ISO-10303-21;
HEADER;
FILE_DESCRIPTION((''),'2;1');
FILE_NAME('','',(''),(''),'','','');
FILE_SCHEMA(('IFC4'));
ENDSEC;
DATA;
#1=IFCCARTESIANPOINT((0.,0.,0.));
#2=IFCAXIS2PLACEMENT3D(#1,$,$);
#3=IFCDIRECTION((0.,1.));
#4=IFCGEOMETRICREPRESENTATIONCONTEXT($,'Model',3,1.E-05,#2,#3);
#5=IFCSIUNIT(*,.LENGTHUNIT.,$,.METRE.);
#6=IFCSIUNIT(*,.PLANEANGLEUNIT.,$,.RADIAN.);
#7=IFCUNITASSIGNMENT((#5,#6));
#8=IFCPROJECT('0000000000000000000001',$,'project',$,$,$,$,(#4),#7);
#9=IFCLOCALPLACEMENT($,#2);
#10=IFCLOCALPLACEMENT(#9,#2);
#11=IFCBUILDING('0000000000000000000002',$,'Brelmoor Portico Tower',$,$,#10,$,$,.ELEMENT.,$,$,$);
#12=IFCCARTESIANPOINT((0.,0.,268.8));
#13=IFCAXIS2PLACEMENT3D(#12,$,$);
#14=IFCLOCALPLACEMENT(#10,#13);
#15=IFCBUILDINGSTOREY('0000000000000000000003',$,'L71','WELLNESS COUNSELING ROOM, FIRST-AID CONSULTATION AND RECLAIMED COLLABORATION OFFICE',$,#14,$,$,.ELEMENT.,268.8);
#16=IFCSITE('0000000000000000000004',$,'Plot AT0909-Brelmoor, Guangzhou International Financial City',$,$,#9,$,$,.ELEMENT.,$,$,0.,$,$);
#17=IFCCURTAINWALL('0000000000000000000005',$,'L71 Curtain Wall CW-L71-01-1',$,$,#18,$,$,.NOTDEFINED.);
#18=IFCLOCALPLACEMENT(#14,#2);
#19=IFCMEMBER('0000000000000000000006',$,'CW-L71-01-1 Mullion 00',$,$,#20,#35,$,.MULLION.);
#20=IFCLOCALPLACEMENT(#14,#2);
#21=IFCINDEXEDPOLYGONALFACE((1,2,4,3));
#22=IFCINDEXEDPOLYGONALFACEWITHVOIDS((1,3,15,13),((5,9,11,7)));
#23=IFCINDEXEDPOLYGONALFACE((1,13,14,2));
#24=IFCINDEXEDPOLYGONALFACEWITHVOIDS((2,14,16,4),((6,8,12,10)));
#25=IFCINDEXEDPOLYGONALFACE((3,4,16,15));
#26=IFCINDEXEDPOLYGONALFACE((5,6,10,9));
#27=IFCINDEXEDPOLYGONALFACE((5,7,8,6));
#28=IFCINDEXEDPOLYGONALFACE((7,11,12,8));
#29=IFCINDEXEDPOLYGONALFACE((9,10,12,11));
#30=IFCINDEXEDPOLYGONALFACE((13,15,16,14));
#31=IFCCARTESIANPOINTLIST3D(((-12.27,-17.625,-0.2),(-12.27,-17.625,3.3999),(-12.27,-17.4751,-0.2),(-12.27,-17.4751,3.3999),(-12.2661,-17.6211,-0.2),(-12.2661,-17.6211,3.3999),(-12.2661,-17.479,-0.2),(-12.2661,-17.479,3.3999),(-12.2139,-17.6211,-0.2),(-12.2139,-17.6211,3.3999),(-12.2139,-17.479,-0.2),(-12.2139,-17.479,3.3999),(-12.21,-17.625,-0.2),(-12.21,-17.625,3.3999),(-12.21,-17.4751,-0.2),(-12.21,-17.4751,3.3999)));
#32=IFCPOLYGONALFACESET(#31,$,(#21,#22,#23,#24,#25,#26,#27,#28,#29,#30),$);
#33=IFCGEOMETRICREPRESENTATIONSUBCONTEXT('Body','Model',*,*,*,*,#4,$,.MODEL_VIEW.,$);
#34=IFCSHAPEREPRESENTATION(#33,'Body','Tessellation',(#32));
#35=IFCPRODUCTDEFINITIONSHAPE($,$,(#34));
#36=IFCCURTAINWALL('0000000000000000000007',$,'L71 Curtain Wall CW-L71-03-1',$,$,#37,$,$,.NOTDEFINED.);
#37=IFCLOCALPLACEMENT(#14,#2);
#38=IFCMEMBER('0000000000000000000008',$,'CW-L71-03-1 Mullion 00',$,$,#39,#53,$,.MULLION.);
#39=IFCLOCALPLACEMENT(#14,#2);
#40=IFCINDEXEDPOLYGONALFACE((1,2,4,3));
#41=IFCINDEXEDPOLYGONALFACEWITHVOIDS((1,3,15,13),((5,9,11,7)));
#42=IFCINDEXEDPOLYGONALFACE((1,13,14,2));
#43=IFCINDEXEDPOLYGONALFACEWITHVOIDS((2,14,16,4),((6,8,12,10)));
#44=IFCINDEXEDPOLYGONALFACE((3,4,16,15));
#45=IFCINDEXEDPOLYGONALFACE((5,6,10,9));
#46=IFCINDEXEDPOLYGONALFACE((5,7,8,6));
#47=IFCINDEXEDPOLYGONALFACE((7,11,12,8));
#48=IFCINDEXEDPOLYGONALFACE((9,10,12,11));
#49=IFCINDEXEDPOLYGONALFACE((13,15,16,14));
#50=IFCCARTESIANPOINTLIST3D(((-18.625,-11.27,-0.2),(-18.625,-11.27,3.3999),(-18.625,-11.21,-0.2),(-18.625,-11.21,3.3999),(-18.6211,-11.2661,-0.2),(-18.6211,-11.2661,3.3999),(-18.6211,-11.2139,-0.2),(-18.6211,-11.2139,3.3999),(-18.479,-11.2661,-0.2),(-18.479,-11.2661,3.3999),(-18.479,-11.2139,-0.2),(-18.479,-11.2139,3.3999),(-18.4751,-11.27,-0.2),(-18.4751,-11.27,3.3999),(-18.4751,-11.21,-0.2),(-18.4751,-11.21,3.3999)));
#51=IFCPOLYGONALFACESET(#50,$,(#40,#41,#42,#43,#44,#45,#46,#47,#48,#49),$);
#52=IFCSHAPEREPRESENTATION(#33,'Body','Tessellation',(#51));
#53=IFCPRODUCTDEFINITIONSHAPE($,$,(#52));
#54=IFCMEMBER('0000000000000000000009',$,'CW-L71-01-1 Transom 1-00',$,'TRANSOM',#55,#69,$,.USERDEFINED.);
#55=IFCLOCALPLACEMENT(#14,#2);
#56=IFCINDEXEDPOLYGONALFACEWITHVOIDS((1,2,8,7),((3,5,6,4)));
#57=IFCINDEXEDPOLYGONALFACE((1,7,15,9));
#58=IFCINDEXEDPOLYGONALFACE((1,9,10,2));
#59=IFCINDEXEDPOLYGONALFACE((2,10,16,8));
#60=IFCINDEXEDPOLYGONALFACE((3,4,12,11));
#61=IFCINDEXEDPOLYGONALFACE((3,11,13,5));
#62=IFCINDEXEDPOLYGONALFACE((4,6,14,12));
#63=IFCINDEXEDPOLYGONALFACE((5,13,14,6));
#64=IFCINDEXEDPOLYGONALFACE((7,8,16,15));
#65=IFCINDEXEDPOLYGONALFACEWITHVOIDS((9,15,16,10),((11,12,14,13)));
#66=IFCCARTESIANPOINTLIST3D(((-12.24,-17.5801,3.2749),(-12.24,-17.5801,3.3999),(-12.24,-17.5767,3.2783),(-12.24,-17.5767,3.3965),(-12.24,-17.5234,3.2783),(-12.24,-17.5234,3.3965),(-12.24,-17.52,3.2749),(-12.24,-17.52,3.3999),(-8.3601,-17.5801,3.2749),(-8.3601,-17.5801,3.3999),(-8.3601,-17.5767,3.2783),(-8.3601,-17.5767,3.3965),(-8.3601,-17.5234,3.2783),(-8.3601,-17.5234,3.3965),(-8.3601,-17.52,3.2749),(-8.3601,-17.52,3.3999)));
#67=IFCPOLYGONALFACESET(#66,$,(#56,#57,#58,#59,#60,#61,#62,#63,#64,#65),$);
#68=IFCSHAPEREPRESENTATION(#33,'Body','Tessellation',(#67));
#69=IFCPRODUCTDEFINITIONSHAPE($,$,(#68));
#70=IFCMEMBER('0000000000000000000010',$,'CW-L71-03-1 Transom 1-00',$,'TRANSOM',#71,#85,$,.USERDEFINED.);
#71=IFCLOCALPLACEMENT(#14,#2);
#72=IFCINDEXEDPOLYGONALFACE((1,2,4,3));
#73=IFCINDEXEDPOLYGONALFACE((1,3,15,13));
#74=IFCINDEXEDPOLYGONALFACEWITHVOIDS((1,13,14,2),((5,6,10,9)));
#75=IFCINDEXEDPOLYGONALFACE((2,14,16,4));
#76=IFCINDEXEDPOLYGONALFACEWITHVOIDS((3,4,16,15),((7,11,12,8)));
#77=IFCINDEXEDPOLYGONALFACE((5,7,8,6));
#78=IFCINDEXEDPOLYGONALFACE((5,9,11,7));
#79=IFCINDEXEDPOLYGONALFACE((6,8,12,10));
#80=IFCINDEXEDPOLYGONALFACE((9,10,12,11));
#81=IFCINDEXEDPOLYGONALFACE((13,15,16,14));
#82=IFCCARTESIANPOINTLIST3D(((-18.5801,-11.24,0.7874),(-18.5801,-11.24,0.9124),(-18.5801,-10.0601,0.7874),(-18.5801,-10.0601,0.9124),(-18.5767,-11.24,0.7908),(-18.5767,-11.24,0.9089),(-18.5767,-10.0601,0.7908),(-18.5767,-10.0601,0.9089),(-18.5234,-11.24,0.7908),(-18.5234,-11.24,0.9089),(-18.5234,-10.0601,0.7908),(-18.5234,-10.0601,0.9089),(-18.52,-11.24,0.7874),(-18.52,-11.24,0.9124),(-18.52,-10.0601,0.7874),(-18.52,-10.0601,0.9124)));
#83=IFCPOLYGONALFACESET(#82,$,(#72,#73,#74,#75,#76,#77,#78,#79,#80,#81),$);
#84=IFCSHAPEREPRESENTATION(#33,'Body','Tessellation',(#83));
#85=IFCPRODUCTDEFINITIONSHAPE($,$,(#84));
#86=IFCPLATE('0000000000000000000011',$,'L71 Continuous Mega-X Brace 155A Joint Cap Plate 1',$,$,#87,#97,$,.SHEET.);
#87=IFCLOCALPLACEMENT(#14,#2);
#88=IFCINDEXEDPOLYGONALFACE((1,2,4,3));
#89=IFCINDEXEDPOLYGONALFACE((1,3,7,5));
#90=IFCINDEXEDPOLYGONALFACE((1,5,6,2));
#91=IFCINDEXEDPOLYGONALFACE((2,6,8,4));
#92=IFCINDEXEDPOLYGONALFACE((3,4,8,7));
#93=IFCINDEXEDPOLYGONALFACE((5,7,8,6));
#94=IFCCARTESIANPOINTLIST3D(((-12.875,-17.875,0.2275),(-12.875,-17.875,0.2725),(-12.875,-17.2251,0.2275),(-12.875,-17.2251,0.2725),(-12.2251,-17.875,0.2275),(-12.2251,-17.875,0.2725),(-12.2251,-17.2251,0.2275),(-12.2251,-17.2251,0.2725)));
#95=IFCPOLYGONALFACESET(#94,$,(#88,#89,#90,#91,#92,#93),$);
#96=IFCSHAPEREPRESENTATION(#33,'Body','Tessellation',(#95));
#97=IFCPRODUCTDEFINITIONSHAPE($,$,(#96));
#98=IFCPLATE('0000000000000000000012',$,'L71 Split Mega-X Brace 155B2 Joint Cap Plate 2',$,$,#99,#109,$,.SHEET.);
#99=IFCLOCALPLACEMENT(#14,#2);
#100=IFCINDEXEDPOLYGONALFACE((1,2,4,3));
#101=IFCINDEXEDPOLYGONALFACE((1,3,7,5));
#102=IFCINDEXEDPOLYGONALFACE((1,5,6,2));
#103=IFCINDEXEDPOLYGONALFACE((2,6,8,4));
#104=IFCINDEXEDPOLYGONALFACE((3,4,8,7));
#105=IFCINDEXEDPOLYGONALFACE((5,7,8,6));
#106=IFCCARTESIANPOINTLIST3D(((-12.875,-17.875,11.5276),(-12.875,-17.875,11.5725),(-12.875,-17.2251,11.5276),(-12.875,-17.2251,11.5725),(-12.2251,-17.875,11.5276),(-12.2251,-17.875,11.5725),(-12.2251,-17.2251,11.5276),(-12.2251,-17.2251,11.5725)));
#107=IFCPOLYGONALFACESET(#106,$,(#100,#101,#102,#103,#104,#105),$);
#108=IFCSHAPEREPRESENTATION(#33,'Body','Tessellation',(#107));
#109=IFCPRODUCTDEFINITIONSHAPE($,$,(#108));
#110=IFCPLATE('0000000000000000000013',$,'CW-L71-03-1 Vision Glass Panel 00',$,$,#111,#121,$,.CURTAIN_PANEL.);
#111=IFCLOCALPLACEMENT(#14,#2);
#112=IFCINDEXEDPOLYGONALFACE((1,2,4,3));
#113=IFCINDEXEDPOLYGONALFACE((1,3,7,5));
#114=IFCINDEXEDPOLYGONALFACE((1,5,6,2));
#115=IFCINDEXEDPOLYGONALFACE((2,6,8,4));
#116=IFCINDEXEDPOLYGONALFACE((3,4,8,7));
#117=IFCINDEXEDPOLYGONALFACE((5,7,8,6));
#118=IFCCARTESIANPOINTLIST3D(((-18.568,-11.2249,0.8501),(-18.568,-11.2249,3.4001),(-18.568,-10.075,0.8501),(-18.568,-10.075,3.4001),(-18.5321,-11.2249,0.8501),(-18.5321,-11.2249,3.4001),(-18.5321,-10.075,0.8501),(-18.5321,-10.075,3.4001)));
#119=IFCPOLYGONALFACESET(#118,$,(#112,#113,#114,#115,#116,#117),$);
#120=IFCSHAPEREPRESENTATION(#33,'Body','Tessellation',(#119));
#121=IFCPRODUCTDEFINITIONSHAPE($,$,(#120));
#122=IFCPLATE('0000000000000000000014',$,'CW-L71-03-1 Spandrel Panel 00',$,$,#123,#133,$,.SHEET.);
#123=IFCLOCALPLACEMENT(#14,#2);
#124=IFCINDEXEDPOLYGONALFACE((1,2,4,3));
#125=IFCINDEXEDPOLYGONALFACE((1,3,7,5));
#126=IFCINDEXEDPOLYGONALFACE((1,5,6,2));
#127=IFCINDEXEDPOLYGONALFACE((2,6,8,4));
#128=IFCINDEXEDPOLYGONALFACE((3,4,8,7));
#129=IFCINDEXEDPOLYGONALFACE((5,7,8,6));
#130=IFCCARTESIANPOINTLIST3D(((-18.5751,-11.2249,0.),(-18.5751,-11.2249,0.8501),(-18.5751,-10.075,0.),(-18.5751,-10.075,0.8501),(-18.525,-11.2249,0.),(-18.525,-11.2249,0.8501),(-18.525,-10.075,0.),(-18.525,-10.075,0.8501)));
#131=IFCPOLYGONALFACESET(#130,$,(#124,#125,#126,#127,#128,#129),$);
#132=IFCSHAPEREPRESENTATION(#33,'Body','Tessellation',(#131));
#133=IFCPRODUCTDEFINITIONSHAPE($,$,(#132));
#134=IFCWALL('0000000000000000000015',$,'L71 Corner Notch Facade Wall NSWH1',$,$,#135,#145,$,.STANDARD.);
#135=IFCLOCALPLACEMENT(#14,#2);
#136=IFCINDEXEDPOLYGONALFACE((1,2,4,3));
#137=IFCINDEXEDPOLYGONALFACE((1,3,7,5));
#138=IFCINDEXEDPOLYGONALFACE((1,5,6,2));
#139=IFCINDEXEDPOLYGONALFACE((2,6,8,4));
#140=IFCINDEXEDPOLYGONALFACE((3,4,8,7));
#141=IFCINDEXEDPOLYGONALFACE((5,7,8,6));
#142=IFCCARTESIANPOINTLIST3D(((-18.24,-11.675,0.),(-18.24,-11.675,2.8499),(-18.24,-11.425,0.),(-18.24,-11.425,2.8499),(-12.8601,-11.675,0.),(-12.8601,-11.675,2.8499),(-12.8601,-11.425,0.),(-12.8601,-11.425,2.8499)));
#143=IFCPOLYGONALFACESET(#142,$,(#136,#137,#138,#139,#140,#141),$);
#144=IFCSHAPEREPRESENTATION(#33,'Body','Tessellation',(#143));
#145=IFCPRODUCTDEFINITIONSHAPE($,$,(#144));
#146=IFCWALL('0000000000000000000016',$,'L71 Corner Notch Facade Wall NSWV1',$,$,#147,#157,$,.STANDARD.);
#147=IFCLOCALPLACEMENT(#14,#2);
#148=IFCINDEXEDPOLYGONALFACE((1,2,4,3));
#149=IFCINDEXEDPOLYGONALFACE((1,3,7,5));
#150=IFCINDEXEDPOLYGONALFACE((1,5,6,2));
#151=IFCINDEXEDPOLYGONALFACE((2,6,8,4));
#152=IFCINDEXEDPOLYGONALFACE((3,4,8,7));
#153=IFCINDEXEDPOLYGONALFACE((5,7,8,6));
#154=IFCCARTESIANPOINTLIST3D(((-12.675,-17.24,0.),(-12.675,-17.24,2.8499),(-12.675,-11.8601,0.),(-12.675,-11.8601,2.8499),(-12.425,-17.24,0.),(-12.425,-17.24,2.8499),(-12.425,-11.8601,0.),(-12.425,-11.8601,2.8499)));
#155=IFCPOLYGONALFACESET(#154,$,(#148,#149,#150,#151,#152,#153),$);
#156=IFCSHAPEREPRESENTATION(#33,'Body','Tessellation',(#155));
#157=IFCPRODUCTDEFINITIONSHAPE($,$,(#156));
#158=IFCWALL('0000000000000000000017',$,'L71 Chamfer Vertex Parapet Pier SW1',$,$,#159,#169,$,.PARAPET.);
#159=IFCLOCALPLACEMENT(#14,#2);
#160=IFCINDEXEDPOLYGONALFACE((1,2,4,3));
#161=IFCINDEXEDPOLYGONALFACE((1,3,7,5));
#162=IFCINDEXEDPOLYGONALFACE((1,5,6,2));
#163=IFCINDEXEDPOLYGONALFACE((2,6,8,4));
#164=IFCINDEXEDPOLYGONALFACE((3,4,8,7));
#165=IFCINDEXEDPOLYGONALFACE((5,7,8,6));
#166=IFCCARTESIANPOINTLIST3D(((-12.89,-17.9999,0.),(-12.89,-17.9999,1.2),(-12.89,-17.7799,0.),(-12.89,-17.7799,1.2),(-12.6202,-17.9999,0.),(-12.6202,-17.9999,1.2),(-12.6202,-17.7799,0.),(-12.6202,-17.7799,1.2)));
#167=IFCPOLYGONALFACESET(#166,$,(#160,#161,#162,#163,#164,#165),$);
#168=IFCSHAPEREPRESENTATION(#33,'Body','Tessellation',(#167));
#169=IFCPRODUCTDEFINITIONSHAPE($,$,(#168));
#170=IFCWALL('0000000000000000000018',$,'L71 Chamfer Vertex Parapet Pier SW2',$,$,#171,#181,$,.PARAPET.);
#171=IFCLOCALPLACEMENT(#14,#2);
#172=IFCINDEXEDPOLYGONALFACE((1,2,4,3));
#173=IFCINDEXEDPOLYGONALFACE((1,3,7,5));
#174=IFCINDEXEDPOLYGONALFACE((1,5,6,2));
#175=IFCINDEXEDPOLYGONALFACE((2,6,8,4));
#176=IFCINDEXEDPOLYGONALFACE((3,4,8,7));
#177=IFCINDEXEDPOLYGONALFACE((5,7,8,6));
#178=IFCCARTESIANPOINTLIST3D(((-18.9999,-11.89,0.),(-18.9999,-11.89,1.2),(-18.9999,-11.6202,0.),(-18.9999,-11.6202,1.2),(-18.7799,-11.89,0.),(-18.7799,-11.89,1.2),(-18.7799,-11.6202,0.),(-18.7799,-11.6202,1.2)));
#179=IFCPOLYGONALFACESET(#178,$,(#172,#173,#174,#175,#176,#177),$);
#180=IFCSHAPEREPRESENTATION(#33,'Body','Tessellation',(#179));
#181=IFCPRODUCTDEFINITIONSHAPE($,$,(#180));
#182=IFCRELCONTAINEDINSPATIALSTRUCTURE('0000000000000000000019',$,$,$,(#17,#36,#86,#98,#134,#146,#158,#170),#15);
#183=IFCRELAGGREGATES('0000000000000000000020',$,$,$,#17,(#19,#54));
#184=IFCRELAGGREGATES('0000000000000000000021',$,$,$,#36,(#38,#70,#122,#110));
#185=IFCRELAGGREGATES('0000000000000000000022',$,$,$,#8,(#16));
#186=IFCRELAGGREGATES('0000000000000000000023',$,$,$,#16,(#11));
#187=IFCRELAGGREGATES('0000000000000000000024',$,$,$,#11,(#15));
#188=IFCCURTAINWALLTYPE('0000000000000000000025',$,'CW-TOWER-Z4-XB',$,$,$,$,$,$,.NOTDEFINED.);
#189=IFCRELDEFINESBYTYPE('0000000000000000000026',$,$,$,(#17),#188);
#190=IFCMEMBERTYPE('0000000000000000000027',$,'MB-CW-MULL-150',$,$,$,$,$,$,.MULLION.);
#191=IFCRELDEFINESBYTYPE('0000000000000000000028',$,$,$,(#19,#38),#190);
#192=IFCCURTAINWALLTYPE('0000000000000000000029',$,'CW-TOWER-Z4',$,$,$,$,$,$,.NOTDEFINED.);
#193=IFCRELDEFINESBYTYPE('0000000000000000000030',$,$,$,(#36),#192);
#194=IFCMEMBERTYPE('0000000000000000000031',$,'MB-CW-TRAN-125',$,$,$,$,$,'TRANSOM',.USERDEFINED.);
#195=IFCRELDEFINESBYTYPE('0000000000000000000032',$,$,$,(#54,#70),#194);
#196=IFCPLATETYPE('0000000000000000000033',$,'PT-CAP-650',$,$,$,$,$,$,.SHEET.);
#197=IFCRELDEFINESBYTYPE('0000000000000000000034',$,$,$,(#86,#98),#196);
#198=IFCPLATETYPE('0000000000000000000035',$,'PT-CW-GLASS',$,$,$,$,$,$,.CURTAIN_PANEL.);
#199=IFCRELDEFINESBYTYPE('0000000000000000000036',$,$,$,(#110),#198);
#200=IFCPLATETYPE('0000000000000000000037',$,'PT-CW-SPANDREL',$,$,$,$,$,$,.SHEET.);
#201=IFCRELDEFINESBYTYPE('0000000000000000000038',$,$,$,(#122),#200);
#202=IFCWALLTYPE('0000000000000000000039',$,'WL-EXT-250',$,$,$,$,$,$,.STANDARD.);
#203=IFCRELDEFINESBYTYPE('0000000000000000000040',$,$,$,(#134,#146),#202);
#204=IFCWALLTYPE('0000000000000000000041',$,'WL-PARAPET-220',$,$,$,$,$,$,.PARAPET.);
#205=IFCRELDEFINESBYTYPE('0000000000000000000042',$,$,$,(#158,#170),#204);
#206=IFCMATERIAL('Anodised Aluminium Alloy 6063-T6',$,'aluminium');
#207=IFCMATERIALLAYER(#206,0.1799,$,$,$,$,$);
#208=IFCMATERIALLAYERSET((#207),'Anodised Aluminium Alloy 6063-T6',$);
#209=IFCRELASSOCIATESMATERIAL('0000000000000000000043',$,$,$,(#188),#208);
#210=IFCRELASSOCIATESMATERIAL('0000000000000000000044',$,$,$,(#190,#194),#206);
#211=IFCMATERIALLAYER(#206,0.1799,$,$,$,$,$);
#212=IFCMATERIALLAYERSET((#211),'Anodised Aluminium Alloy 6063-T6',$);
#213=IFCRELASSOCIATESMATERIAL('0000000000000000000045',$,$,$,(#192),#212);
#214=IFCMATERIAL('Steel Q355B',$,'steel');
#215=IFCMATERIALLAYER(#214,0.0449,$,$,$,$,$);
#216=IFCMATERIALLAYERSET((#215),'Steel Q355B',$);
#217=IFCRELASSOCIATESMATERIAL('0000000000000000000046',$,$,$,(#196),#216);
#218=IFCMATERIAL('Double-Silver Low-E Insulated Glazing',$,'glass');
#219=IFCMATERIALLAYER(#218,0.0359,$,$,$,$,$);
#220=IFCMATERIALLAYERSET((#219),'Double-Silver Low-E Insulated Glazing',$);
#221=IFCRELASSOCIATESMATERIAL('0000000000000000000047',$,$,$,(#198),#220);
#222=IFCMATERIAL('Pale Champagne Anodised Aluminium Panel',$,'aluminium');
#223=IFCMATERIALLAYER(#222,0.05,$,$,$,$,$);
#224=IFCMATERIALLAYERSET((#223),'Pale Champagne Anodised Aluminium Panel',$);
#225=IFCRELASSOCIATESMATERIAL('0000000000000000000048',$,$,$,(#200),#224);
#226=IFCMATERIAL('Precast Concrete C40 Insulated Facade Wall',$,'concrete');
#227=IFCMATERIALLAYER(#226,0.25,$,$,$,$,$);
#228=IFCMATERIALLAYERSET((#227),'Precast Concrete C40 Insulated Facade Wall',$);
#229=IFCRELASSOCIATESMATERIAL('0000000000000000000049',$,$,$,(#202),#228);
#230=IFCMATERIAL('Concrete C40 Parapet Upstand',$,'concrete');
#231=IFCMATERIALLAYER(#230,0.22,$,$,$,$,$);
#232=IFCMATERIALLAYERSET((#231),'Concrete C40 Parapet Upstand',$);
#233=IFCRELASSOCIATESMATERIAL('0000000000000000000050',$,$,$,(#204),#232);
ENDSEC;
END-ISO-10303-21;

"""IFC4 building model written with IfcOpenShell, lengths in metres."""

from ifc_helpers import new_model, si_unit, direction, frame, frame_2d, origin, origin_2d, place, context, subcontext, project, spatial, rectangle, hollow_rectangle, extrude, material, layer, layer_set, material_profile, profile_set, type_object, element, aggregate, save


model = new_model("IFC4")

# Units and contexts
model_context = context("Model", 3, precision=1e-05, world=origin(), true_north=direction((0.0, 1.0)))
body_context = subcontext(model_context, "Body", "Model", "MODEL_VIEW")
ifc_project = project(units=[si_unit("LENGTHUNIT", "METRE"), si_unit("PLANEANGLEUNIT", "RADIAN")], contexts=[model_context])

# Site, building, storey
site_placement = place(None, origin())
site = spatial("IfcSite", under=ifc_project, at=site_placement, Name="Plot AT0909-Brelmoor, Guangzhou International Financial City", CompositionType="ELEMENT", RefElevation=0.0)
building_placement = place(site_placement, origin())
building = spatial("IfcBuilding", under=site, at=building_placement, Name="Brelmoor Portico Tower", CompositionType="ELEMENT")
storey_placement = place(building_placement, frame((0.0, 0.0, 268.8)))
storey = spatial("IfcBuildingStorey", under=building, at=storey_placement, Name="L71", Description="WELLNESS COUNSELING ROOM, FIRST-AID CONSULTATION AND RECLAIMED COLLABORATION OFFICE", CompositionType="ELEMENT", Elevation=268.8)

# Shared definitions
ifc_material_1 = material(Name="Steel Q355B", Category="steel")

# Curtain walls, members
ifc_material_2 = material(Name="Anodised Aluminium Alloy 6063-T6", Category="aluminium")
ifc_layer_1 = layer(ifc_material_2, 0.1799)
ifc_layer_set_1 = layer_set([ifc_layer_1], Name="Anodised Aluminium Alloy 6063-T6")
curtain_wall_type_1 = type_object("IfcCurtainWallType", Name="CW-TOWER-Z4-XB", PredefinedType="NOTDEFINED", material=ifc_layer_set_1)
curtain_wall_1_placement = place(storey_placement, origin())
curtain_wall_1 = element("IfcCurtainWall", 1, at=curtain_wall_1_placement, inside=storey, type_object=curtain_wall_type_1, Name="L71 Curtain Wall CW-L71-01-1", PredefinedType="NOTDEFINED")
ifc_material_profile_1 = material_profile(ifc_material_2, hollow_rectangle(XDim=0.0601, YDim=0.1499, WallThickness=0.0039, at=origin_2d()), Name="ALU MULLION 60x150")
ifc_profile_set_1 = profile_set([ifc_material_profile_1], Name="Anodised Aluminium Alloy 6063-T6")
member_type_1 = type_object("IfcMemberType", Name="MB-CW-MULL-150", PredefinedType="MULLION", material=ifc_profile_set_1)
member_1_placement = place(storey_placement, frame((-12.24, -17.55, -0.2), z_axis=(0.0, 0.0, 1.0), x_axis=(1.0, 0.0, 0.0)))
member_1 = element("IfcMember", 2, at=member_1_placement, type_object=member_type_1, Name="CW-L71-01-1 Mullion 00", PredefinedType="MULLION", context=body_context, shape_type="SweptSolid", body=[
    extrude(hollow_rectangle(XDim=0.0601, YDim=0.1499, WallThickness=0.0039, at=origin_2d()), origin(), (0.0, 0.0, 1.0), 3.5999),
])
ifc_layer_2 = layer(ifc_material_2, 0.1799)
ifc_layer_set_2 = layer_set([ifc_layer_2], Name="Anodised Aluminium Alloy 6063-T6")
curtain_wall_type_2 = type_object("IfcCurtainWallType", Name="CW-TOWER-Z4", PredefinedType="NOTDEFINED", material=ifc_layer_set_2)
curtain_wall_2_placement = place(storey_placement, origin())
curtain_wall_2 = element("IfcCurtainWall", 3, at=curtain_wall_2_placement, inside=storey, type_object=curtain_wall_type_2, Name="L71 Curtain Wall CW-L71-03-1", PredefinedType="NOTDEFINED")
member_2_placement = place(storey_placement, frame((-18.55, -11.24, -0.2), z_axis=(0.0, 0.0, 1.0), x_axis=(0.0, 1.0, 0.0)))
member_2 = element("IfcMember", 4, at=member_2_placement, type_object=member_type_1, Name="CW-L71-03-1 Mullion 00", PredefinedType="MULLION", context=body_context, shape_type="SweptSolid", body=[
    extrude(hollow_rectangle(XDim=0.0601, YDim=0.1499, WallThickness=0.0039, at=origin_2d()), origin(), (0.0, 0.0, 1.0), 3.5999),
])

# Members
ifc_material_profile_2 = material_profile(ifc_material_2, hollow_rectangle(XDim=0.0601, YDim=0.125, WallThickness=0.0034, at=origin_2d()), Name="ALU TRANSOM 60x125")
ifc_profile_set_2 = profile_set([ifc_material_profile_2], Name="Anodised Aluminium Alloy 6063-T6")
member_type_2 = type_object("IfcMemberType", Name="MB-CW-TRAN-125", ElementType="TRANSOM", PredefinedType="USERDEFINED", material=ifc_profile_set_2)
member_3_placement = place(storey_placement, frame((-12.24, -17.55, 3.3374), z_axis=(1.0, 0.0, 0.0), x_axis=(0.0, 1.0, 0.0)))
member_3 = element("IfcMember", 5, at=member_3_placement, type_object=member_type_2, Name="CW-L71-01-1 Transom 1-00", ObjectType="TRANSOM", PredefinedType="USERDEFINED", context=body_context, shape_type="SweptSolid", body=[
    extrude(hollow_rectangle(XDim=0.0601, YDim=0.125, WallThickness=0.0034, at=origin_2d()), origin(), (0.0, 0.0, 1.0), 3.8799),
])
aggregate(curtain_wall_1, [member_1, member_3])
member_4_placement = place(storey_placement, frame((-18.55, -11.24, 0.8499), z_axis=(0.0, 1.0, 0.0), x_axis=(-1.0, 0.0, 0.0)))
member_4 = element("IfcMember", 6, at=member_4_placement, type_object=member_type_2, Name="CW-L71-03-1 Transom 1-00", ObjectType="TRANSOM", PredefinedType="USERDEFINED", context=body_context, shape_type="SweptSolid", body=[
    extrude(hollow_rectangle(XDim=0.0601, YDim=0.125, WallThickness=0.0034, at=origin_2d()), origin(), (0.0, 0.0, 1.0), 1.1799),
])

# Plates
ifc_layer_3 = layer(ifc_material_1, 0.0449)
ifc_layer_set_3 = layer_set([ifc_layer_3], Name="Steel Q355B")
plate_type_1 = type_object("IfcPlateType", Name="PT-CAP-650", PredefinedType="SHEET", material=ifc_layer_set_3)
for number, where, z_axis, x_axis, name in (
    (7, (-12.55, -17.55, 0.2275), (0.0, 0.0, 1.0), (1.0, 0.0, 0.0), "L71 Continuous Mega-X Brace 155A Joint Cap Plate 1"),
    (8, (-12.55, -17.55, 11.5276), (0.0, 0.0, 1.0), (1.0, 0.0, 0.0), "L71 Split Mega-X Brace 155B2 Joint Cap Plate 2"),
):
    element("IfcPlate", number, at=place(storey_placement, frame(where, z_axis=z_axis, x_axis=x_axis)), inside=storey, type_object=plate_type_1, Name=name, PredefinedType="SHEET", context=body_context, shape_type="SweptSolid", body=[
        extrude(rectangle(XDim=0.6499, YDim=0.6499, at=origin_2d()), origin(), (0.0, 0.0, 1.0), 0.0449),
    ])

# Plates
ifc_material_3 = material(Name="Double-Silver Low-E Insulated Glazing", Category="glass")
ifc_layer_4 = layer(ifc_material_3, 0.0359)
ifc_layer_set_4 = layer_set([ifc_layer_4], Name="Double-Silver Low-E Insulated Glazing")
plate_type_2 = type_object("IfcPlateType", Name="PT-CW-GLASS", PredefinedType="CURTAIN_PANEL", material=ifc_layer_set_4)
plate_1_placement = place(storey_placement, frame((-18.55, -10.6499, 0.8501), z_axis=(0.0, 0.0, 1.0), x_axis=(0.0, 1.0, 0.0)))
plate_1 = element("IfcPlate", 9, at=plate_1_placement, type_object=plate_type_2, Name="CW-L71-03-1 Vision Glass Panel 00", PredefinedType="CURTAIN_PANEL", context=body_context, shape_type="SweptSolid", body=[
    extrude(rectangle(XDim=1.1499, YDim=0.0359, at=origin_2d()), origin(), (0.0, 0.0, 1.0), 2.55),
])
ifc_material_4 = material(Name="Pale Champagne Anodised Aluminium Panel", Category="aluminium")
ifc_layer_5 = layer(ifc_material_4, 0.05)
ifc_layer_set_5 = layer_set([ifc_layer_5], Name="Pale Champagne Anodised Aluminium Panel")
plate_type_3 = type_object("IfcPlateType", Name="PT-CW-SPANDREL", PredefinedType="SHEET", material=ifc_layer_set_5)
plate_2_placement = place(storey_placement, frame((-18.55, -10.6499, 0.0), z_axis=(0.0, 0.0, 1.0), x_axis=(0.0, 1.0, 0.0)))
plate_2 = element("IfcPlate", 10, at=plate_2_placement, type_object=plate_type_3, Name="CW-L71-03-1 Spandrel Panel 00", PredefinedType="SHEET", context=body_context, shape_type="SweptSolid", body=[
    extrude(rectangle(XDim=1.1499, YDim=0.05, at=origin_2d()), origin(), (0.0, 0.0, 1.0), 0.8501),
])
aggregate(curtain_wall_2, [member_2, member_4, plate_2, plate_1])

# Walls
ifc_material_5 = material(Name="Precast Concrete C40 Insulated Facade Wall", Category="concrete")
ifc_layer_6 = layer(ifc_material_5, 0.25)
ifc_layer_set_6 = layer_set([ifc_layer_6], Name="Precast Concrete C40 Insulated Facade Wall")
wall_type_1 = type_object("IfcWallType", Name="WL-EXT-250", PredefinedType="STANDARD", material=ifc_layer_set_6)
for number, where, z_axis, x_axis, name in (
    (11, (-18.24, -11.55, 0.0), (0.0, 0.0, 1.0), (1.0, 0.0, 0.0), "L71 Corner Notch Facade Wall NSWH1"),
    (12, (-12.55, -17.24, 0.0), (0.0, 0.0, 1.0), (0.0, 1.0, 0.0), "L71 Corner Notch Facade Wall NSWV1"),
):
    element("IfcWall", number, at=place(storey_placement, frame(where, z_axis=z_axis, x_axis=x_axis)), inside=storey, type_object=wall_type_1, Name=name, PredefinedType="STANDARD", context=body_context, shape_type="SweptSolid", body=[
        extrude(rectangle(XDim=5.3799, YDim=0.25, at=frame_2d((2.6899, 0.0))), origin(), (0.0, 0.0, 1.0), 2.8499),
    ])
ifc_material_6 = material(Name="Concrete C40 Parapet Upstand", Category="concrete")
ifc_layer_7 = layer(ifc_material_6, 0.22)
ifc_layer_set_7 = layer_set([ifc_layer_7], Name="Concrete C40 Parapet Upstand")
wall_type_2 = type_object("IfcWallType", Name="WL-PARAPET-220", PredefinedType="PARAPET", material=ifc_layer_set_7)
for number, where, z_axis, x_axis, name in (
    (13, (-12.8899, -17.8899, 0.0), (0.0, 0.0, 1.0), (1.0, 0.0, 0.0), "L71 Chamfer Vertex Parapet Pier SW1"),
    (14, (-18.8899, -11.8899, 0.0), (0.0, 0.0, 1.0), (0.0, 1.0, 0.0), "L71 Chamfer Vertex Parapet Pier SW2"),
):
    element("IfcWall", number, at=place(storey_placement, frame(where, z_axis=z_axis, x_axis=x_axis)), inside=storey, type_object=wall_type_2, Name=name, PredefinedType="PARAPET", context=body_context, shape_type="SweptSolid", body=[
        extrude(rectangle(XDim=0.2698, YDim=0.22, at=frame_2d((0.1348, 0.0))), origin(), (0.0, 0.0, 1.0), 1.2),
    ])

save(model, "model.ifc")
